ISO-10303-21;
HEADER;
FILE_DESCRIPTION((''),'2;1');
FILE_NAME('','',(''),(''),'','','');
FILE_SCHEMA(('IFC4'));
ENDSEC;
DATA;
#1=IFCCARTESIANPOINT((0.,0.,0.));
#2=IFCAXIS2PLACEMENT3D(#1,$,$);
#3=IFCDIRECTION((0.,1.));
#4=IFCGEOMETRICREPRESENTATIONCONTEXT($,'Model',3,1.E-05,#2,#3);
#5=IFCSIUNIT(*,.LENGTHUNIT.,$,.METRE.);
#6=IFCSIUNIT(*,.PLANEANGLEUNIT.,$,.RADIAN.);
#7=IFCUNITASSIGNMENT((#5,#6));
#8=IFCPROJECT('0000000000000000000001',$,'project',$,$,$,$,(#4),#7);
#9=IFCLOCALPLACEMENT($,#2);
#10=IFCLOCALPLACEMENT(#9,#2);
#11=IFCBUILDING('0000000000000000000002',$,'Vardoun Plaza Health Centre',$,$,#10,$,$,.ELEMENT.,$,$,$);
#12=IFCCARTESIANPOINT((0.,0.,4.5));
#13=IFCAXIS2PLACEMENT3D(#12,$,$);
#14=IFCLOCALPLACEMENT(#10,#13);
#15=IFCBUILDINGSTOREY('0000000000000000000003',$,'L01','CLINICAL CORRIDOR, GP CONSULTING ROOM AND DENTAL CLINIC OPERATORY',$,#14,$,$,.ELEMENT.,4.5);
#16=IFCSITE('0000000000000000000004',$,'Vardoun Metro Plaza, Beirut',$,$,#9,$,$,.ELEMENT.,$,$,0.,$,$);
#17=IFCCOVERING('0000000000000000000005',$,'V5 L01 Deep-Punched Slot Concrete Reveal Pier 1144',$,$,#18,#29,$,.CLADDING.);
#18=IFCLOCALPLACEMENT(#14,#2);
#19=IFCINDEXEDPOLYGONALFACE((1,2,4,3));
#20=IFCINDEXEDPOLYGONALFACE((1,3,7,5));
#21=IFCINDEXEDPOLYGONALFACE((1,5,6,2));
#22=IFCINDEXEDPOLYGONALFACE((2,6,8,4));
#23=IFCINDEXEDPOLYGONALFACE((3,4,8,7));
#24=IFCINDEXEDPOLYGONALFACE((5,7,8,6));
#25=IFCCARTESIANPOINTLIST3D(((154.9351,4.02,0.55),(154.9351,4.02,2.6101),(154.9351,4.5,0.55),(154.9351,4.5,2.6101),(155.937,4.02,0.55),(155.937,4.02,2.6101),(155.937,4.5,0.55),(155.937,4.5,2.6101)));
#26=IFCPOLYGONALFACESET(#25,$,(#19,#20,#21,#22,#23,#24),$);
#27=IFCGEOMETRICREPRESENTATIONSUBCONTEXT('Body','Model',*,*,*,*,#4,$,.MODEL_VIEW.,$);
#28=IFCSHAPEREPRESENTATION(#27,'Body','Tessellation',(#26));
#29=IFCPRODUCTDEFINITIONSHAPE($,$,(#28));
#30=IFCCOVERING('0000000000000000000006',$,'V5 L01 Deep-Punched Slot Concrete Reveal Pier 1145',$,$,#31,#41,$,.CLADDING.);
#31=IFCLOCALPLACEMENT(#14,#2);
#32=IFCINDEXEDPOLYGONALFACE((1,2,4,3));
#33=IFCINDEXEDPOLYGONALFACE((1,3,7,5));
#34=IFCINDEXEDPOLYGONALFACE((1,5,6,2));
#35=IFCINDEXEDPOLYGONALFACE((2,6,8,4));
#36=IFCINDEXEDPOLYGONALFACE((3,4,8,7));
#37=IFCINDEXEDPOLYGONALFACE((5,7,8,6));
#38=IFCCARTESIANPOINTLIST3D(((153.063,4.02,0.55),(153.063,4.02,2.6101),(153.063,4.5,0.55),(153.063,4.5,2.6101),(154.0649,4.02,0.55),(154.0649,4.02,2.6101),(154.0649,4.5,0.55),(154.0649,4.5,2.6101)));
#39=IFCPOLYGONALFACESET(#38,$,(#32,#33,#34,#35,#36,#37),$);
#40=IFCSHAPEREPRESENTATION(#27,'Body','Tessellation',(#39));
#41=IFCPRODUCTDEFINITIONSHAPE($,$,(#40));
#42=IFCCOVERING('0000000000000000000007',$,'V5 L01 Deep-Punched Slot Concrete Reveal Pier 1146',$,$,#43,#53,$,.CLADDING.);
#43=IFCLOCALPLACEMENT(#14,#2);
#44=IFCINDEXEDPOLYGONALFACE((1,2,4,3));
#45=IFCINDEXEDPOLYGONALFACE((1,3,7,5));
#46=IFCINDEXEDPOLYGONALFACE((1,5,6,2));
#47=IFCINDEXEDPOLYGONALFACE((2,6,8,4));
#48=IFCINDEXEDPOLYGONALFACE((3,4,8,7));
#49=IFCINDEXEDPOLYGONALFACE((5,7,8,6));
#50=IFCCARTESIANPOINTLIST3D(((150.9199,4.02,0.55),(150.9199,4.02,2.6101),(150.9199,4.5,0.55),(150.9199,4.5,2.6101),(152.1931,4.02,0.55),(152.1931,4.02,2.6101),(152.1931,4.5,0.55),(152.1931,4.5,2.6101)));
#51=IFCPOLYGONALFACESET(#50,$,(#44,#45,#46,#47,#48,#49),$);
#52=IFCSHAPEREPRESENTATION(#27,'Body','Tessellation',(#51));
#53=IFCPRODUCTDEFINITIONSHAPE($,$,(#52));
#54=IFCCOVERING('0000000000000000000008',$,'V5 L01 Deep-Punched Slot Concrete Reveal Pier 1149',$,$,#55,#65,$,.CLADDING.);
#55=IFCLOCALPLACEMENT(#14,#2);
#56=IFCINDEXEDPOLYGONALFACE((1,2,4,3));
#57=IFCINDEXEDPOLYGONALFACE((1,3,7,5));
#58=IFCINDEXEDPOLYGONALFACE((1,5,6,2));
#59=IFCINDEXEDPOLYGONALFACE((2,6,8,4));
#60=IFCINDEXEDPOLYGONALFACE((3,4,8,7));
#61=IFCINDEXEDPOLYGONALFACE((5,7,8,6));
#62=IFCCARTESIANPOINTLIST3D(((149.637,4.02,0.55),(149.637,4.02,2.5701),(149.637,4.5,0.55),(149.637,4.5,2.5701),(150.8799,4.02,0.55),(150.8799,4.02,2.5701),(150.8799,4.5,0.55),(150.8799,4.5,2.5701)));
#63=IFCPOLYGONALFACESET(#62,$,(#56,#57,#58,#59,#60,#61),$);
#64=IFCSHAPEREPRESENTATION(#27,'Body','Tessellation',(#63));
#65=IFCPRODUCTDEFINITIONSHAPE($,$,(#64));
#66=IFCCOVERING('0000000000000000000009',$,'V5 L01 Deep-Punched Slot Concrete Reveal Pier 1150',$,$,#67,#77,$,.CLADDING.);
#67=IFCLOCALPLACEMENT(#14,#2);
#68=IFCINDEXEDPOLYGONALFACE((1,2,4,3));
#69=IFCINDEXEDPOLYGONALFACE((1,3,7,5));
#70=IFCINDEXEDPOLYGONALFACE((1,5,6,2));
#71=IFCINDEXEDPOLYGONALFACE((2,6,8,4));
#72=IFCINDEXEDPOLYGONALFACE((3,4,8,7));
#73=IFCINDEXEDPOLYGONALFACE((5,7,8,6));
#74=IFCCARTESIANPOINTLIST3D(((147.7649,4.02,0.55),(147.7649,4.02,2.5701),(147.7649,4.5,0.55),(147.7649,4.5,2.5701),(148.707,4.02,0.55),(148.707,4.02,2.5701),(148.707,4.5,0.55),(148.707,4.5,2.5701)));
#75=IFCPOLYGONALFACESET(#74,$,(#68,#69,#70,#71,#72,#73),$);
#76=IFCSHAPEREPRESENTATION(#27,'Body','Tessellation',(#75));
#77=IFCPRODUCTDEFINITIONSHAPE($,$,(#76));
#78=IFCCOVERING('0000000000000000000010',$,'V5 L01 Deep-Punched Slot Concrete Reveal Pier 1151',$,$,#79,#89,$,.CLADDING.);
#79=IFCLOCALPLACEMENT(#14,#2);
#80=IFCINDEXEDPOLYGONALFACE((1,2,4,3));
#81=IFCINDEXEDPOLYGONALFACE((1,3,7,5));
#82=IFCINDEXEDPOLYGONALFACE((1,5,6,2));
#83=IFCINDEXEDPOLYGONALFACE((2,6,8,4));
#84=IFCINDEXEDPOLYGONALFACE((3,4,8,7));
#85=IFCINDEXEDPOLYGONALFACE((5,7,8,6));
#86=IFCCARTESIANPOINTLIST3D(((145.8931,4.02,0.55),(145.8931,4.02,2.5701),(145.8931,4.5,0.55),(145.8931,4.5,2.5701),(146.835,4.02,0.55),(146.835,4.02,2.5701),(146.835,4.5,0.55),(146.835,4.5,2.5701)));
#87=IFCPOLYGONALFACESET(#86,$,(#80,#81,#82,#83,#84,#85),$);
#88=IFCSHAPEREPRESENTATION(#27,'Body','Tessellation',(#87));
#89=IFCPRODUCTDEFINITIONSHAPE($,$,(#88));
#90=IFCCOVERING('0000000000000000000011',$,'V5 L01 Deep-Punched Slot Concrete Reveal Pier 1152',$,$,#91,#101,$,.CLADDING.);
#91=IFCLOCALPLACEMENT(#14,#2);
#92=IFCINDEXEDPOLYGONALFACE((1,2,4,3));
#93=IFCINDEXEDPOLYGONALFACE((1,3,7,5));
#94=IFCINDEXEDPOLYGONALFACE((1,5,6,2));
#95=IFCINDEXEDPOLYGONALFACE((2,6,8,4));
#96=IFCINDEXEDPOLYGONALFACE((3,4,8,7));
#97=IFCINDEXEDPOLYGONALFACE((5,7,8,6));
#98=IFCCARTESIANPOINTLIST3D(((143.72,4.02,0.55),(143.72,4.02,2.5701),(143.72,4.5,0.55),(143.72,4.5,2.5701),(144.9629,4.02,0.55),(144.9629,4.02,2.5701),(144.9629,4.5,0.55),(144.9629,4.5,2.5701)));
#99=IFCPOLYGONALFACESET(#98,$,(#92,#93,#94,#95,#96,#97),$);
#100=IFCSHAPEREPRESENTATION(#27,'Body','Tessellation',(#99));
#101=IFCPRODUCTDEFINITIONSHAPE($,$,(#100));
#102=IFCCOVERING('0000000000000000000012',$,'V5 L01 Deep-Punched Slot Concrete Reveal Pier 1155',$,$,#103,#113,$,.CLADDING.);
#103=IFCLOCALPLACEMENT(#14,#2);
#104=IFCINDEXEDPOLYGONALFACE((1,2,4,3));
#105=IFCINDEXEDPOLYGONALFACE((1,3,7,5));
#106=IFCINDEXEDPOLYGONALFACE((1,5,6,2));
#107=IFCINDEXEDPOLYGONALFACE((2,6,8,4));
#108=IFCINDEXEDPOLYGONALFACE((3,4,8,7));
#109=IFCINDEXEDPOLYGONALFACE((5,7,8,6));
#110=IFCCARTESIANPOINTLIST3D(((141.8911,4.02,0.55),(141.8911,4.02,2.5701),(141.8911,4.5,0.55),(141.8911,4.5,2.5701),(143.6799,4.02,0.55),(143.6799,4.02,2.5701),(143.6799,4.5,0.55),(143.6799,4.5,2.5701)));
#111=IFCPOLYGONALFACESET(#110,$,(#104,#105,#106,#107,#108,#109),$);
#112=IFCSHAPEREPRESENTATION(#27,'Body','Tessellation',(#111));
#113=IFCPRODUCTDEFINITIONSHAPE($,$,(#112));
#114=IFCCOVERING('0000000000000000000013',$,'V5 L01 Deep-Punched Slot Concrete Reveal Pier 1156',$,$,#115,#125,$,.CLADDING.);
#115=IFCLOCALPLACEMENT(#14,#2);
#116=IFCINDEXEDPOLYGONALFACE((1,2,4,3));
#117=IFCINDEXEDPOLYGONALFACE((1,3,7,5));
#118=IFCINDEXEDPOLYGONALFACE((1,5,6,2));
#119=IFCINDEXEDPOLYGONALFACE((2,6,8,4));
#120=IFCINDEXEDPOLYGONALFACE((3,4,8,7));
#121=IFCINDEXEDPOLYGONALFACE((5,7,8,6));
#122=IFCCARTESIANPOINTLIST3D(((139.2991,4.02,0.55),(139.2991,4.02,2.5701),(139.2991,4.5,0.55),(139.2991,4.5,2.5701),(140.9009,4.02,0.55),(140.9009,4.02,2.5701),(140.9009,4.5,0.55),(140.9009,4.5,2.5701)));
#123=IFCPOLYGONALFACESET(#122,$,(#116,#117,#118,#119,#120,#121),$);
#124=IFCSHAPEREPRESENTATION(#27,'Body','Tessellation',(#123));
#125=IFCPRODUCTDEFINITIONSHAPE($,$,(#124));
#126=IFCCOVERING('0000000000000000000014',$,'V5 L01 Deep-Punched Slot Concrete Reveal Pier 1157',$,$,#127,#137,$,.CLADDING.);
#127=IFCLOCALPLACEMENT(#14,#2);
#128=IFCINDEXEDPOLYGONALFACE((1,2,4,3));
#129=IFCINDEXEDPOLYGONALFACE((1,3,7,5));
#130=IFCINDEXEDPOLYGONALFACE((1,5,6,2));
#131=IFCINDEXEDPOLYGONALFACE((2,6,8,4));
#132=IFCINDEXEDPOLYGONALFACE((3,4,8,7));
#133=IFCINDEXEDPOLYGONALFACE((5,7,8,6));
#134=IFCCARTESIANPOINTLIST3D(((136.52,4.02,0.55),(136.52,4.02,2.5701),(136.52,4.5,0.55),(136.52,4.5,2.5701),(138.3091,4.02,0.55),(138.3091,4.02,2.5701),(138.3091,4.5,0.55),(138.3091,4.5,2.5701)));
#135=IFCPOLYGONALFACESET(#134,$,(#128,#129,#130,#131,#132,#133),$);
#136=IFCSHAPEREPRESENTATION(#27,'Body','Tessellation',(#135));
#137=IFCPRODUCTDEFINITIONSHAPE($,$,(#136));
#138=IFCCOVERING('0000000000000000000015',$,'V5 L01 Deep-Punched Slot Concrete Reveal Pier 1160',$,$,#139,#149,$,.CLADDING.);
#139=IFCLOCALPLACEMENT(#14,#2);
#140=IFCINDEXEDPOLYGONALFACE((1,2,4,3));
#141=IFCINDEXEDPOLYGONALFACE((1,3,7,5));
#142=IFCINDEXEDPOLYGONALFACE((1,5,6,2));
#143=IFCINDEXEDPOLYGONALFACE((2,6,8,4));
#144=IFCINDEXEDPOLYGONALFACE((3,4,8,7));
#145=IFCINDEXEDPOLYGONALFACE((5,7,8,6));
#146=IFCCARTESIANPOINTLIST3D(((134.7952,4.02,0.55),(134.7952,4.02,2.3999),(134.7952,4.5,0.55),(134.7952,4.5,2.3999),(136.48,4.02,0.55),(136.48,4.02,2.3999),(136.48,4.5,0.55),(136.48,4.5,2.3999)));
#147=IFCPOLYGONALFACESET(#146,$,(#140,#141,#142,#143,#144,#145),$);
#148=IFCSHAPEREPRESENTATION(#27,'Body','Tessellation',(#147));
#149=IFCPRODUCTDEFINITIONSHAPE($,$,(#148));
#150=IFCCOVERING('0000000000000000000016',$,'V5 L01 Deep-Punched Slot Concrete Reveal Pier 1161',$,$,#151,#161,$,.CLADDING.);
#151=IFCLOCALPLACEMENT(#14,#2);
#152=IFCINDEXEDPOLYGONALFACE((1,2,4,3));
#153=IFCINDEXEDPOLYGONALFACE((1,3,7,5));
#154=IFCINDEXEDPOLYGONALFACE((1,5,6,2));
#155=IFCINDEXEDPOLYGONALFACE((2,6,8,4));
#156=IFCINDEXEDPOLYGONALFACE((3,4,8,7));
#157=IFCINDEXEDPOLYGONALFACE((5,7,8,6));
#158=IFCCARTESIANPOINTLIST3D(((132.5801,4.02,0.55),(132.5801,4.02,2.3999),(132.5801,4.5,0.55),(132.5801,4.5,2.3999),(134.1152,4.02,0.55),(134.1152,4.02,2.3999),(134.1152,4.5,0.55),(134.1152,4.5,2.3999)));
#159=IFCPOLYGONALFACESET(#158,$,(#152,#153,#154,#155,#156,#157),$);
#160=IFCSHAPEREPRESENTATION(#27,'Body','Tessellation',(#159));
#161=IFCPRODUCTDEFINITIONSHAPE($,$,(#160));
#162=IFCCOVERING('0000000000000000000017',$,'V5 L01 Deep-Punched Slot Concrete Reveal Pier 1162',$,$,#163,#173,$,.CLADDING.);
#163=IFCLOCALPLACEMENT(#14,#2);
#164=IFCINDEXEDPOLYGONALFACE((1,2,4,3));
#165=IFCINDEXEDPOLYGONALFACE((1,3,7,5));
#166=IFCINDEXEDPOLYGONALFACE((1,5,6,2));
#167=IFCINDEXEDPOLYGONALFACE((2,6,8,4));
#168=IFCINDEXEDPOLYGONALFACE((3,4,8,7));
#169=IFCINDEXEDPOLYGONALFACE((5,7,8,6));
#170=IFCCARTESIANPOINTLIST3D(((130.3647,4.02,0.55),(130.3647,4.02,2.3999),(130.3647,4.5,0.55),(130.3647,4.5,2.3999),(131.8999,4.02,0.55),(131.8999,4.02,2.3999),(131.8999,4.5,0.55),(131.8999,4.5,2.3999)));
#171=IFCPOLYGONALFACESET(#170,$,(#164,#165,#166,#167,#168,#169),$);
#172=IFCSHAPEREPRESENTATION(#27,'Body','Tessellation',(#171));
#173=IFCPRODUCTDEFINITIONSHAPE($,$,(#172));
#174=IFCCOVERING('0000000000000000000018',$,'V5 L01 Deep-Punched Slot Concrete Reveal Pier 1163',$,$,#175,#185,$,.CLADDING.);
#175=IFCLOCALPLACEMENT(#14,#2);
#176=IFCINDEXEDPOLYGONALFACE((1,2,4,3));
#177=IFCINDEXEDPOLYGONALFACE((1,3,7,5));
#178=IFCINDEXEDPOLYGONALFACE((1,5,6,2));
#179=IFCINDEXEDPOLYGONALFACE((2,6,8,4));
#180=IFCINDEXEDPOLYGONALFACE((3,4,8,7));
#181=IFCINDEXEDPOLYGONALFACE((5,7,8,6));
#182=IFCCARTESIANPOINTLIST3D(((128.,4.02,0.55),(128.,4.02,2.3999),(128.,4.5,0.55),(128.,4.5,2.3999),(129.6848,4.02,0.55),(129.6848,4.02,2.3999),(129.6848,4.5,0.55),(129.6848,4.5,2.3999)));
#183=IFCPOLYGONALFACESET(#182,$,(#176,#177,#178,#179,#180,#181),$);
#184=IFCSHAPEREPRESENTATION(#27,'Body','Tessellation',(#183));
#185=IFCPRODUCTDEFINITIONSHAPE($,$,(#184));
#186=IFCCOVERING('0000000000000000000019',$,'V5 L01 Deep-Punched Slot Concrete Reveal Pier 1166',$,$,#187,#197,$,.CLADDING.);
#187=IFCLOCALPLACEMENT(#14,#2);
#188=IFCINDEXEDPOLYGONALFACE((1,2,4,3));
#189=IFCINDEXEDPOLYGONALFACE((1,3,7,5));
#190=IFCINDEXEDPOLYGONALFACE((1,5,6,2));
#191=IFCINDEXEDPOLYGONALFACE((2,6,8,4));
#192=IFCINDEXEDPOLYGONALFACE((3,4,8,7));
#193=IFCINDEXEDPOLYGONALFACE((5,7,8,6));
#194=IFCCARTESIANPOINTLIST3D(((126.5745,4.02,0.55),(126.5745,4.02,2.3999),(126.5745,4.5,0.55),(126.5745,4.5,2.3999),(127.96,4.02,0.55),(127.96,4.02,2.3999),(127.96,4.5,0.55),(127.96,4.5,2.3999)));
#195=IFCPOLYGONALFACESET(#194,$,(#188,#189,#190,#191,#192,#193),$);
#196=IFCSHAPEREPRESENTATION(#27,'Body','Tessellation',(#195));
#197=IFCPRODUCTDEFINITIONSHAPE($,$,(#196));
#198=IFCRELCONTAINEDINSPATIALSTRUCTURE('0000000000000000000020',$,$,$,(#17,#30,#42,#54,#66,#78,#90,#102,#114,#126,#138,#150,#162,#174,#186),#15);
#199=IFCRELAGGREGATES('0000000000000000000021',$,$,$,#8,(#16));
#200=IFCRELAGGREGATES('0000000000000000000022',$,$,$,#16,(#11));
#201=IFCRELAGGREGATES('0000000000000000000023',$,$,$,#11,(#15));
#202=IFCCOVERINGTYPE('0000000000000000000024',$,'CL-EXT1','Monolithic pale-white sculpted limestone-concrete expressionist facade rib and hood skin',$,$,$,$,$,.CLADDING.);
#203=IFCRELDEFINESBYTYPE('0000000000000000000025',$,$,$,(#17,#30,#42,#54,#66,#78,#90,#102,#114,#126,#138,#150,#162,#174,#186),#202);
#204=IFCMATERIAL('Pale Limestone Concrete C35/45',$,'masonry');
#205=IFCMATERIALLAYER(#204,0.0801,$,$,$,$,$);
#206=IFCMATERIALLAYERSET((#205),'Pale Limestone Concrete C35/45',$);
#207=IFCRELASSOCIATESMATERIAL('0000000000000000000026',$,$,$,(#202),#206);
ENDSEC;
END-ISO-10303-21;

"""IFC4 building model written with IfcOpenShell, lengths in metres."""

from ifc_helpers import new_model, si_unit, direction, frame, origin, place, context, subcontext, project, spatial, polyline, outline, extrude, material, layer, layer_set, type_object, element, save


model = new_model("IFC4")

# Units and contexts
model_context = context("Model", 3, precision=1e-05, world=origin(), true_north=direction((0.0, 1.0)))
body_context = subcontext(model_context, "Body", "Model", "MODEL_VIEW")
ifc_project = project(units=[si_unit("LENGTHUNIT", "METRE"), si_unit("PLANEANGLEUNIT", "RADIAN")], contexts=[model_context])

# Site, building, storey
site_placement = place(None, origin())
site = spatial("IfcSite", under=ifc_project, at=site_placement, Name="Vardoun Metro Plaza, Beirut", CompositionType="ELEMENT", RefElevation=0.0)
building_placement = place(site_placement, origin())
building = spatial("IfcBuilding", under=site, at=building_placement, Name="Vardoun Plaza Health Centre", CompositionType="ELEMENT")
storey_placement = place(building_placement, frame((0.0, 0.0, 4.5)))
storey = spatial("IfcBuildingStorey", under=building, at=storey_placement, Name="L01", Description="CLINICAL CORRIDOR, GP CONSULTING ROOM AND DENTAL CLINIC OPERATORY", CompositionType="ELEMENT", Elevation=4.5)

# Coverings
ifc_material = material(Name="Pale Limestone Concrete C35/45", Category="masonry")
ifc_layer = layer(ifc_material, 0.0801)
ifc_layer_set = layer_set([ifc_layer], Name="Pale Limestone Concrete C35/45")
covering_type = type_object("IfcCoveringType", Name="CL-EXT1", Description="Monolithic pale-white sculpted limestone-concrete expressionist facade rib and hood skin", PredefinedType="CLADDING", material=ifc_layer_set)
covering_1_placement = place(storey_placement, frame((0.0, 0.0, 0.55)))
element("IfcCovering", 1, at=covering_1_placement, inside=storey, type_object=covering_type, Name="V5 L01 Deep-Punched Slot Concrete Reveal Pier 1144", PredefinedType="CLADDING", context=body_context, shape_type="SweptSolid", body=[
    extrude(outline(polyline([(155.937, 4.5), (154.9351, 4.5), (154.9351, 4.02), (155.937, 4.02), (155.937, 4.5)])), origin(), (0.0, 0.0, 1.0), 2.0601),
])
covering_2_placement = place(storey_placement, frame((0.0, 0.0, 0.55)))
element("IfcCovering", 2, at=covering_2_placement, inside=storey, type_object=covering_type, Name="V5 L01 Deep-Punched Slot Concrete Reveal Pier 1145", PredefinedType="CLADDING", context=body_context, shape_type="SweptSolid", body=[
    extrude(outline(polyline([(154.0649, 4.5), (153.063, 4.5), (153.063, 4.02), (154.0649, 4.02), (154.0649, 4.5)])), origin(), (0.0, 0.0, 1.0), 2.0601),
])
covering_3_placement = place(storey_placement, frame((0.0, 0.0, 0.55)))
element("IfcCovering", 3, at=covering_3_placement, inside=storey, type_object=covering_type, Name="V5 L01 Deep-Punched Slot Concrete Reveal Pier 1146", PredefinedType="CLADDING", context=body_context, shape_type="SweptSolid", body=[
    extrude(outline(polyline([(152.1931, 4.5), (150.9199, 4.5), (150.9199, 4.02), (152.1931, 4.02), (152.1931, 4.5)])), origin(), (0.0, 0.0, 1.0), 2.0601),
])
covering_4_placement = place(storey_placement, frame((0.0, 0.0, 0.55)))
element("IfcCovering", 4, at=covering_4_placement, inside=storey, type_object=covering_type, Name="V5 L01 Deep-Punched Slot Concrete Reveal Pier 1149", PredefinedType="CLADDING", context=body_context, shape_type="SweptSolid", body=[
    extrude(outline(polyline([(150.8799, 4.5), (149.637, 4.5), (149.637, 4.02), (150.8799, 4.02), (150.8799, 4.5)])), origin(), (0.0, 0.0, 1.0), 2.02),
])
covering_5_placement = place(storey_placement, frame((0.0, 0.0, 0.55)))
element("IfcCovering", 5, at=covering_5_placement, inside=storey, type_object=covering_type, Name="V5 L01 Deep-Punched Slot Concrete Reveal Pier 1150", PredefinedType="CLADDING", context=body_context, shape_type="SweptSolid", body=[
    extrude(outline(polyline([(148.707, 4.5), (147.7649, 4.5), (147.7649, 4.02), (148.707, 4.02), (148.707, 4.5)])), origin(), (0.0, 0.0, 1.0), 2.02),
])
covering_6_placement = place(storey_placement, frame((0.0, 0.0, 0.55)))
element("IfcCovering", 6, at=covering_6_placement, inside=storey, type_object=covering_type, Name="V5 L01 Deep-Punched Slot Concrete Reveal Pier 1151", PredefinedType="CLADDING", context=body_context, shape_type="SweptSolid", body=[
    extrude(outline(polyline([(146.835, 4.5), (145.8931, 4.5), (145.8931, 4.02), (146.835, 4.02), (146.835, 4.5)])), origin(), (0.0, 0.0, 1.0), 2.02),
])
covering_7_placement = place(storey_placement, frame((0.0, 0.0, 0.55)))
element("IfcCovering", 7, at=covering_7_placement, inside=storey, type_object=covering_type, Name="V5 L01 Deep-Punched Slot Concrete Reveal Pier 1152", PredefinedType="CLADDING", context=body_context, shape_type="SweptSolid", body=[
    extrude(outline(polyline([(144.9629, 4.5), (143.72, 4.5), (143.72, 4.02), (144.9629, 4.02), (144.9629, 4.5)])), origin(), (0.0, 0.0, 1.0), 2.02),
])
covering_8_placement = place(storey_placement, frame((0.0, 0.0, 0.55)))
element("IfcCovering", 8, at=covering_8_placement, inside=storey, type_object=covering_type, Name="V5 L01 Deep-Punched Slot Concrete Reveal Pier 1155", PredefinedType="CLADDING", context=body_context, shape_type="SweptSolid", body=[
    extrude(outline(polyline([(143.6799, 4.5), (141.8911, 4.5), (141.8911, 4.02), (143.6799, 4.02), (143.6799, 4.5)])), origin(), (0.0, 0.0, 1.0), 2.02),
])
covering_9_placement = place(storey_placement, frame((0.0, 0.0, 0.55)))
element("IfcCovering", 9, at=covering_9_placement, inside=storey, type_object=covering_type, Name="V5 L01 Deep-Punched Slot Concrete Reveal Pier 1156", PredefinedType="CLADDING", context=body_context, shape_type="SweptSolid", body=[
    extrude(outline(polyline([(140.9009, 4.5), (139.2991, 4.5), (139.2991, 4.02), (140.9009, 4.02), (140.9009, 4.5)])), origin(), (0.0, 0.0, 1.0), 2.02),
])
covering_10_placement = place(storey_placement, frame((0.0, 0.0, 0.55)))
element("IfcCovering", 10, at=covering_10_placement, inside=storey, type_object=covering_type, Name="V5 L01 Deep-Punched Slot Concrete Reveal Pier 1157", PredefinedType="CLADDING", context=body_context, shape_type="SweptSolid", body=[
    extrude(outline(polyline([(138.3091, 4.5), (136.52, 4.5), (136.52, 4.02), (138.3091, 4.02), (138.3091, 4.5)])), origin(), (0.0, 0.0, 1.0), 2.02),
])
covering_11_placement = place(storey_placement, frame((0.0, 0.0, 0.55)))
element("IfcCovering", 11, at=covering_11_placement, inside=storey, type_object=covering_type, Name="V5 L01 Deep-Punched Slot Concrete Reveal Pier 1160", PredefinedType="CLADDING", context=body_context, shape_type="SweptSolid", body=[
    extrude(outline(polyline([(136.48, 4.5), (134.7952, 4.5), (134.7952, 4.02), (136.48, 4.02), (136.48, 4.5)])), origin(), (0.0, 0.0, 1.0), 1.8499),
])
covering_12_placement = place(storey_placement, frame((0.0, 0.0, 0.55)))
element("IfcCovering", 12, at=covering_12_placement, inside=storey, type_object=covering_type, Name="V5 L01 Deep-Punched Slot Concrete Reveal Pier 1161", PredefinedType="CLADDING", context=body_context, shape_type="SweptSolid", body=[
    extrude(outline(polyline([(134.1152, 4.5), (132.5801, 4.5), (132.5801, 4.02), (134.1152, 4.02), (134.1152, 4.5)])), origin(), (0.0, 0.0, 1.0), 1.8499),
])
covering_13_placement = place(storey_placement, frame((0.0, 0.0, 0.55)))
element("IfcCovering", 13, at=covering_13_placement, inside=storey, type_object=covering_type, Name="V5 L01 Deep-Punched Slot Concrete Reveal Pier 1162", PredefinedType="CLADDING", context=body_context, shape_type="SweptSolid", body=[
    extrude(outline(polyline([(131.8999, 4.5), (130.3647, 4.5), (130.3647, 4.02), (131.8999, 4.02), (131.8999, 4.5)])), origin(), (0.0, 0.0, 1.0), 1.8499),
])
covering_14_placement = place(storey_placement, frame((0.0, 0.0, 0.55)))
element("IfcCovering", 14, at=covering_14_placement, inside=storey, type_object=covering_type, Name="V5 L01 Deep-Punched Slot Concrete Reveal Pier 1163", PredefinedType="CLADDING", context=body_context, shape_type="SweptSolid", body=[
    extrude(outline(polyline([(129.6848, 4.5), (128.0, 4.5), (128.0, 4.02), (129.6848, 4.02), (129.6848, 4.5)])), origin(), (0.0, 0.0, 1.0), 1.8499),
])
covering_15_placement = place(storey_placement, frame((0.0, 0.0, 0.55)))
element("IfcCovering", 15, at=covering_15_placement, inside=storey, type_object=covering_type, Name="V5 L01 Deep-Punched Slot Concrete Reveal Pier 1166", PredefinedType="CLADDING", context=body_context, shape_type="SweptSolid", body=[
    extrude(outline(polyline([(127.96, 4.5), (126.5745, 4.5), (126.5745, 4.02), (127.96, 4.02), (127.96, 4.5)])), origin(), (0.0, 0.0, 1.0), 1.8499),
])

save(model, "model.ifc")
